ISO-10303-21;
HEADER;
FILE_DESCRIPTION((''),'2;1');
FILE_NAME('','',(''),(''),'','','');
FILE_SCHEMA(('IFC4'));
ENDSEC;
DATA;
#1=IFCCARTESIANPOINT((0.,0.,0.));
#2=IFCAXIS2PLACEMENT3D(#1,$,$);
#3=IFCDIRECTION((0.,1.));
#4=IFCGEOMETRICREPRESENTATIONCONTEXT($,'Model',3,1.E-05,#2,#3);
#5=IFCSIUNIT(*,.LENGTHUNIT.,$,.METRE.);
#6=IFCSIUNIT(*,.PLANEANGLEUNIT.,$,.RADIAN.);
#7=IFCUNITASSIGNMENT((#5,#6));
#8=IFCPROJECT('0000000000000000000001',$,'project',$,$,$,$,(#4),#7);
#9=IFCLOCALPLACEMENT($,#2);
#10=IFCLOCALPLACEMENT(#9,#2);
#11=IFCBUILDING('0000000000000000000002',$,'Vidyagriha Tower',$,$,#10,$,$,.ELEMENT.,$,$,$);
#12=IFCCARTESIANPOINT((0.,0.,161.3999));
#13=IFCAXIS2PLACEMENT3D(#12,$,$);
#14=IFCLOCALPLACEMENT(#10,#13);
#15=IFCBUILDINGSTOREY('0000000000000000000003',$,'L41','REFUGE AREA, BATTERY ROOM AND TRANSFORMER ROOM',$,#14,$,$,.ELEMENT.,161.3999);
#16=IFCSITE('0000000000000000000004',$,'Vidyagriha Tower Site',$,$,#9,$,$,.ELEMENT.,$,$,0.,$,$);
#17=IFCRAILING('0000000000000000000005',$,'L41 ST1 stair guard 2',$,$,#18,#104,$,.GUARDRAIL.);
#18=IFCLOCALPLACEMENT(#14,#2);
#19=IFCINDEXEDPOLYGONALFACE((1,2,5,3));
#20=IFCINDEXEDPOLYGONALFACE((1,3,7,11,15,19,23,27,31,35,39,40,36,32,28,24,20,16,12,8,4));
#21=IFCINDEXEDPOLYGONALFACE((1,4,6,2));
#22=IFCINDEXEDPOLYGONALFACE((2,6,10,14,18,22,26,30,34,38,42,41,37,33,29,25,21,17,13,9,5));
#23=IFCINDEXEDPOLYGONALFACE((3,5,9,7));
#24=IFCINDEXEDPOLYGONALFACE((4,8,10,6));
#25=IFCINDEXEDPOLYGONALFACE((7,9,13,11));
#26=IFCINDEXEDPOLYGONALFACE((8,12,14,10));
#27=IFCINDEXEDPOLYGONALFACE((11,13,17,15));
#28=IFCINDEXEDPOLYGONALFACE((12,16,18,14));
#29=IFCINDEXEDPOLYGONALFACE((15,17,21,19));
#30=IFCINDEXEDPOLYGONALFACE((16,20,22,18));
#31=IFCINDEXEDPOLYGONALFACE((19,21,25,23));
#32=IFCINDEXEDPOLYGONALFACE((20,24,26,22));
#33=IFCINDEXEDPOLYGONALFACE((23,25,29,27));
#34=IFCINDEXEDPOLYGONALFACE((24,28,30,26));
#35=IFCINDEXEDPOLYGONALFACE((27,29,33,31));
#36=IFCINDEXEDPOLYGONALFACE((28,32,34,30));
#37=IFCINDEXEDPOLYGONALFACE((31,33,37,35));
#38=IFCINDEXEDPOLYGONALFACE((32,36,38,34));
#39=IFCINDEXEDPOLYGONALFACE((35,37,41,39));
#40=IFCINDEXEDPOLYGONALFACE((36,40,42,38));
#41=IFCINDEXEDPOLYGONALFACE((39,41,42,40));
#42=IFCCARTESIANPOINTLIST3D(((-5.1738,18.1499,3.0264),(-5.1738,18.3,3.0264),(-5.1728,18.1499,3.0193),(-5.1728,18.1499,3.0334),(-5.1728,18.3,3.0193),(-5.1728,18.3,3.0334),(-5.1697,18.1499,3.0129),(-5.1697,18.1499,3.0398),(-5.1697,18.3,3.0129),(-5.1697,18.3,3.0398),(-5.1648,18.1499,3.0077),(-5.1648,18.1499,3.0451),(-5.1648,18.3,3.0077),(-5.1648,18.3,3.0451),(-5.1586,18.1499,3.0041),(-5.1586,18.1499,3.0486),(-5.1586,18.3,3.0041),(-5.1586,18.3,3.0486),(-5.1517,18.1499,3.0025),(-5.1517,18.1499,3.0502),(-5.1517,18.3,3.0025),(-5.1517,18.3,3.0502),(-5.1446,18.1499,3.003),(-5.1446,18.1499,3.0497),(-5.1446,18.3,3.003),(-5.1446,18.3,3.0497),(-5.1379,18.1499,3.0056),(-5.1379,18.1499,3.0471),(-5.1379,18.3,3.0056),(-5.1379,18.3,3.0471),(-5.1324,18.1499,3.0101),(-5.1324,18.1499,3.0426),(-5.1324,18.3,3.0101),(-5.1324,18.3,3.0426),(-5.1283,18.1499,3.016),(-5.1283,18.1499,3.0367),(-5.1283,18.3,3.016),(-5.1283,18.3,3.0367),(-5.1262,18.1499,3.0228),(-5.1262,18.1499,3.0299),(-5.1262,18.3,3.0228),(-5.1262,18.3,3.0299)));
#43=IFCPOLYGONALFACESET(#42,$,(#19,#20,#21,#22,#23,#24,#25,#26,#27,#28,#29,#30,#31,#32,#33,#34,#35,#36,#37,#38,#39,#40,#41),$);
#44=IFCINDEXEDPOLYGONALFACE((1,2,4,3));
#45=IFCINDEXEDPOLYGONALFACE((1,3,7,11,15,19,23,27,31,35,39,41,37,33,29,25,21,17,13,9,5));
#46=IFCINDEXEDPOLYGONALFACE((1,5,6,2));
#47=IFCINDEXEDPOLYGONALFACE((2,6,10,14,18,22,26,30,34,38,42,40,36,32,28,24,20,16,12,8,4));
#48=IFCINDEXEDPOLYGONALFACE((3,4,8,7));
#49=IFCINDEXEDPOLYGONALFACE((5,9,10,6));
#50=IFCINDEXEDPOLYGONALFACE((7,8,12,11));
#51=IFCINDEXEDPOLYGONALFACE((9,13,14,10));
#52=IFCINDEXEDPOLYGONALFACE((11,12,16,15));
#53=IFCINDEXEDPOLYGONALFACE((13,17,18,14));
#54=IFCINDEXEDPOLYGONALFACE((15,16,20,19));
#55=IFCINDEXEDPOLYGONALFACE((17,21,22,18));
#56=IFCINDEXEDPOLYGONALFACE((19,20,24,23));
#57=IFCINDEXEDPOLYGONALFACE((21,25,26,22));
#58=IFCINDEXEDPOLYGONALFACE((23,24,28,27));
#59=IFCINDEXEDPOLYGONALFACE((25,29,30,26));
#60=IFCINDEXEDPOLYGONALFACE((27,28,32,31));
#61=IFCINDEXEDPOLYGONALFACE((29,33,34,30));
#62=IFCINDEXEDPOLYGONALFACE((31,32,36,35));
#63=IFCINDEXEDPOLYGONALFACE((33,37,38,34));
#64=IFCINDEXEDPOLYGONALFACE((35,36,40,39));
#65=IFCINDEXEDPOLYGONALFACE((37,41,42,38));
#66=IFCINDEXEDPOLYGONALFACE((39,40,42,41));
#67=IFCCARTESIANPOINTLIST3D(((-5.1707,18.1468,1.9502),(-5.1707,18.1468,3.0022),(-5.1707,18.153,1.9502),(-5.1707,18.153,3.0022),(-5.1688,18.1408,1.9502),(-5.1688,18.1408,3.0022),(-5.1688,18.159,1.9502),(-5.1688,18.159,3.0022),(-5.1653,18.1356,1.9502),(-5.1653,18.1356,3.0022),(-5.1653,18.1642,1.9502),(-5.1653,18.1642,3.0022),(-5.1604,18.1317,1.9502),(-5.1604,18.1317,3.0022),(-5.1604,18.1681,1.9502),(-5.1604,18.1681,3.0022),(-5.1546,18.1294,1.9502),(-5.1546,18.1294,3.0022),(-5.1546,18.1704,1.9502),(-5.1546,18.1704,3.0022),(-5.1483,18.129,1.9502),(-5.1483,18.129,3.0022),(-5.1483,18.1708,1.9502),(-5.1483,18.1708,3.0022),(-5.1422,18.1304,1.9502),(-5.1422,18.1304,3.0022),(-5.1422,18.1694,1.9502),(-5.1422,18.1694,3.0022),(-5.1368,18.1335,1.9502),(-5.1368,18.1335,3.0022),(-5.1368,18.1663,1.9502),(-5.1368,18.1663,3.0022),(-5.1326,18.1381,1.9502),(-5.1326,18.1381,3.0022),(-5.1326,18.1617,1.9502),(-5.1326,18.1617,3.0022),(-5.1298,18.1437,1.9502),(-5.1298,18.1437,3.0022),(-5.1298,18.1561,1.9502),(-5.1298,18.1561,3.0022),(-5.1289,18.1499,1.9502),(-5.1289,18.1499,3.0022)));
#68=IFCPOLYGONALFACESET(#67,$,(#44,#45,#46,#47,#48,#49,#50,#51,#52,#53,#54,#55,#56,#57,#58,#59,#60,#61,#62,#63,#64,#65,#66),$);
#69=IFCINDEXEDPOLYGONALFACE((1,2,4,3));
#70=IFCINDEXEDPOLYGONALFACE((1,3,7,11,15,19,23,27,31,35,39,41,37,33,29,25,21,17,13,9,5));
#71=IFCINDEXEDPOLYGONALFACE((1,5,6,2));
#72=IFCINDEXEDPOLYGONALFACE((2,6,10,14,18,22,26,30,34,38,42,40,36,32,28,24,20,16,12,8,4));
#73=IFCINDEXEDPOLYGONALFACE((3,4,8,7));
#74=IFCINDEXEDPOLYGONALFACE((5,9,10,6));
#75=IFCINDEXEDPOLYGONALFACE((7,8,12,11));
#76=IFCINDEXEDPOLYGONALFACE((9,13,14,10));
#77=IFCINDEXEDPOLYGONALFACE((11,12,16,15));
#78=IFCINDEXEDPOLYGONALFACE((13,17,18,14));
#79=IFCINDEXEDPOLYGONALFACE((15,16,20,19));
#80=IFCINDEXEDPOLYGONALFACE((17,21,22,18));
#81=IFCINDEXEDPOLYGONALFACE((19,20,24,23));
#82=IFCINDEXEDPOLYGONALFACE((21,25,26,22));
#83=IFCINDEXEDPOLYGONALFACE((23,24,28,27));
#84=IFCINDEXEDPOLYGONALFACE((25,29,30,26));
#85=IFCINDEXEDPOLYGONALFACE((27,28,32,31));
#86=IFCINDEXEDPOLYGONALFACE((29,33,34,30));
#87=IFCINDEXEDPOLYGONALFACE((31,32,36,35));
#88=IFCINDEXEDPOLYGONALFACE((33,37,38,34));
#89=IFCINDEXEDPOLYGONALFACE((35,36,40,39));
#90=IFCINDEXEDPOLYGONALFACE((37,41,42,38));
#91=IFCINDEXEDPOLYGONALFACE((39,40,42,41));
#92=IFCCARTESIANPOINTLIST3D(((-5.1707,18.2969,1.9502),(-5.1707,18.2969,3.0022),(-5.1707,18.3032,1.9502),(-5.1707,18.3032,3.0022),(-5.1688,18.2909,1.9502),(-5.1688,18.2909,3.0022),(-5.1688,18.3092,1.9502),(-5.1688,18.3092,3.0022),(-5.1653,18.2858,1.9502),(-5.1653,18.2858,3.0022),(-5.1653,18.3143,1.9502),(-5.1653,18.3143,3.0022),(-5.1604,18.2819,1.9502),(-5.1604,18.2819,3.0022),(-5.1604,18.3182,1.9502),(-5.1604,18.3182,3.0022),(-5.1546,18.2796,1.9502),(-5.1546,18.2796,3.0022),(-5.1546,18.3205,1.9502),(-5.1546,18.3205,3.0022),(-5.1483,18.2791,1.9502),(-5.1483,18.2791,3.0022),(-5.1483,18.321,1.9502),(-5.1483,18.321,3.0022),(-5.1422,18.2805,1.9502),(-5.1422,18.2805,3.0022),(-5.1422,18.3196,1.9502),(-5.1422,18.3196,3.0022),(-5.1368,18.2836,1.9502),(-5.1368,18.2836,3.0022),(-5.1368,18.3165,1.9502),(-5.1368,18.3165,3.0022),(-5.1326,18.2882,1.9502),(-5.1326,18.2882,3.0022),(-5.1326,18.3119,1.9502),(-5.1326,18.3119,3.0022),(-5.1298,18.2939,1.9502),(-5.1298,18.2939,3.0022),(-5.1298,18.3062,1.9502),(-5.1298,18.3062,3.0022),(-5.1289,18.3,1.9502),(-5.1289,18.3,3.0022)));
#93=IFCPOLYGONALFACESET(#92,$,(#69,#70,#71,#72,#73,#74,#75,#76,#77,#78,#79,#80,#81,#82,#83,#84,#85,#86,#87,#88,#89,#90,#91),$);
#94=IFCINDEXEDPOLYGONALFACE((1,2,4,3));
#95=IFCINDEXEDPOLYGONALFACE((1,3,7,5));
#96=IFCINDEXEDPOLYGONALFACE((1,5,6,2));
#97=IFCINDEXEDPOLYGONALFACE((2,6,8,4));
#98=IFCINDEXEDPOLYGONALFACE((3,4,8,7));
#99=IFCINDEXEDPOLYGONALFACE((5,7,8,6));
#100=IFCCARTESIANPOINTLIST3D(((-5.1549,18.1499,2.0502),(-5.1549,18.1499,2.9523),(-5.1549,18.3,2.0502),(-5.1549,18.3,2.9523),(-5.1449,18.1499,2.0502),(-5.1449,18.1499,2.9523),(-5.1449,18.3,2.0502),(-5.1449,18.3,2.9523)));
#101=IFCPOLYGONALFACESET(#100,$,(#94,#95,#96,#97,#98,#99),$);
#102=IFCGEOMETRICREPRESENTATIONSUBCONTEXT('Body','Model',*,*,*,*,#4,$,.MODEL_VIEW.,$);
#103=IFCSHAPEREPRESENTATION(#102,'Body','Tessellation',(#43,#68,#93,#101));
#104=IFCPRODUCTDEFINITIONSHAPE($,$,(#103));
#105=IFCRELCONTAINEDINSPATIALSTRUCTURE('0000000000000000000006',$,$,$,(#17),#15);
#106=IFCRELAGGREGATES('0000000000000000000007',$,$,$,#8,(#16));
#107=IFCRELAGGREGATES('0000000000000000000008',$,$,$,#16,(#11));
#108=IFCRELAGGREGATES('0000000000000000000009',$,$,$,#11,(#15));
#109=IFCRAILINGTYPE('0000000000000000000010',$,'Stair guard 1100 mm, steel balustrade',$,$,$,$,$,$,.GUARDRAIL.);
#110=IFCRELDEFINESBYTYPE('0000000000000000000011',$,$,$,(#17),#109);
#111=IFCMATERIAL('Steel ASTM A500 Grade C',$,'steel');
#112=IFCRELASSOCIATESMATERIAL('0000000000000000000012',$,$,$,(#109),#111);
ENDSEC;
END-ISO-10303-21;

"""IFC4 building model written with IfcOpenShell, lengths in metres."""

from ifc_helpers import new_model, si_unit, direction, frame, origin, origin_2d, place, context, subcontext, project, spatial, rectangle, circle, extrude, material, type_object, element, save


model = new_model("IFC4")

# Units and contexts
model_context = context("Model", 3, precision=1e-05, world=origin(), true_north=direction((0.0, 1.0)))
body_context = subcontext(model_context, "Body", "Model", "MODEL_VIEW")
ifc_project = project(units=[si_unit("LENGTHUNIT", "METRE"), si_unit("PLANEANGLEUNIT", "RADIAN")], contexts=[model_context])

# Site, building, storey
site_placement = place(None, origin())
site = spatial("IfcSite", under=ifc_project, at=site_placement, Name="Vidyagriha Tower Site", CompositionType="ELEMENT", RefElevation=0.0)
building_placement = place(site_placement, origin())
building = spatial("IfcBuilding", under=site, at=building_placement, Name="Vidyagriha Tower", CompositionType="ELEMENT")
storey_placement = place(building_placement, frame((0.0, 0.0, 161.3999)))
storey = spatial("IfcBuildingStorey", under=building, at=storey_placement, Name="L41", Description="REFUGE AREA, BATTERY ROOM AND TRANSFORMER ROOM", CompositionType="ELEMENT", Elevation=161.3999)

# Railing
ifc_material_1 = material(Name="Steel ASTM A500 Grade C", Category="steel")
railing_type_1 = type_object("IfcRailingType", Name="Stair guard 1100 mm, steel balustrade", PredefinedType="GUARDRAIL", material=ifc_material_1)
railing_1_placement = place(storey_placement, frame((-5.1499, 18.1499, 1.9502)))
element("IfcRailing", 1, at=railing_1_placement, inside=storey, type_object=railing_type_1, Name="L41 ST1 stair guard 2", PredefinedType="GUARDRAIL", context=body_context, shape_type="SweptSolid", body=[
    extrude(circle(Radius=0.0239, at=origin_2d()), frame((0.0, 0.0, 1.0762), z_axis=(0.0, 1.0, 0.0), x_axis=(-1.0, 0.0, 0.0)), (0.0, 0.0, 1.0), 0.1501),
    extrude(circle(Radius=0.021, at=origin_2d()), origin(), (0.0, 0.0, 1.0), 1.052),
    extrude(circle(Radius=0.021, at=origin_2d()), frame((0.0, 0.1501, 0.0)), (0.0, 0.0, 1.0), 1.052),
    extrude(rectangle(XDim=0.01, YDim=0.9021, at=origin_2d()), frame((0.0, 0.0, 0.551), z_axis=(0.0, 1.0, 0.0), x_axis=(-1.0, 0.0, 0.0)), (0.0, 0.0, 1.0), 0.1501),
])

save(model, "model.ifc")
